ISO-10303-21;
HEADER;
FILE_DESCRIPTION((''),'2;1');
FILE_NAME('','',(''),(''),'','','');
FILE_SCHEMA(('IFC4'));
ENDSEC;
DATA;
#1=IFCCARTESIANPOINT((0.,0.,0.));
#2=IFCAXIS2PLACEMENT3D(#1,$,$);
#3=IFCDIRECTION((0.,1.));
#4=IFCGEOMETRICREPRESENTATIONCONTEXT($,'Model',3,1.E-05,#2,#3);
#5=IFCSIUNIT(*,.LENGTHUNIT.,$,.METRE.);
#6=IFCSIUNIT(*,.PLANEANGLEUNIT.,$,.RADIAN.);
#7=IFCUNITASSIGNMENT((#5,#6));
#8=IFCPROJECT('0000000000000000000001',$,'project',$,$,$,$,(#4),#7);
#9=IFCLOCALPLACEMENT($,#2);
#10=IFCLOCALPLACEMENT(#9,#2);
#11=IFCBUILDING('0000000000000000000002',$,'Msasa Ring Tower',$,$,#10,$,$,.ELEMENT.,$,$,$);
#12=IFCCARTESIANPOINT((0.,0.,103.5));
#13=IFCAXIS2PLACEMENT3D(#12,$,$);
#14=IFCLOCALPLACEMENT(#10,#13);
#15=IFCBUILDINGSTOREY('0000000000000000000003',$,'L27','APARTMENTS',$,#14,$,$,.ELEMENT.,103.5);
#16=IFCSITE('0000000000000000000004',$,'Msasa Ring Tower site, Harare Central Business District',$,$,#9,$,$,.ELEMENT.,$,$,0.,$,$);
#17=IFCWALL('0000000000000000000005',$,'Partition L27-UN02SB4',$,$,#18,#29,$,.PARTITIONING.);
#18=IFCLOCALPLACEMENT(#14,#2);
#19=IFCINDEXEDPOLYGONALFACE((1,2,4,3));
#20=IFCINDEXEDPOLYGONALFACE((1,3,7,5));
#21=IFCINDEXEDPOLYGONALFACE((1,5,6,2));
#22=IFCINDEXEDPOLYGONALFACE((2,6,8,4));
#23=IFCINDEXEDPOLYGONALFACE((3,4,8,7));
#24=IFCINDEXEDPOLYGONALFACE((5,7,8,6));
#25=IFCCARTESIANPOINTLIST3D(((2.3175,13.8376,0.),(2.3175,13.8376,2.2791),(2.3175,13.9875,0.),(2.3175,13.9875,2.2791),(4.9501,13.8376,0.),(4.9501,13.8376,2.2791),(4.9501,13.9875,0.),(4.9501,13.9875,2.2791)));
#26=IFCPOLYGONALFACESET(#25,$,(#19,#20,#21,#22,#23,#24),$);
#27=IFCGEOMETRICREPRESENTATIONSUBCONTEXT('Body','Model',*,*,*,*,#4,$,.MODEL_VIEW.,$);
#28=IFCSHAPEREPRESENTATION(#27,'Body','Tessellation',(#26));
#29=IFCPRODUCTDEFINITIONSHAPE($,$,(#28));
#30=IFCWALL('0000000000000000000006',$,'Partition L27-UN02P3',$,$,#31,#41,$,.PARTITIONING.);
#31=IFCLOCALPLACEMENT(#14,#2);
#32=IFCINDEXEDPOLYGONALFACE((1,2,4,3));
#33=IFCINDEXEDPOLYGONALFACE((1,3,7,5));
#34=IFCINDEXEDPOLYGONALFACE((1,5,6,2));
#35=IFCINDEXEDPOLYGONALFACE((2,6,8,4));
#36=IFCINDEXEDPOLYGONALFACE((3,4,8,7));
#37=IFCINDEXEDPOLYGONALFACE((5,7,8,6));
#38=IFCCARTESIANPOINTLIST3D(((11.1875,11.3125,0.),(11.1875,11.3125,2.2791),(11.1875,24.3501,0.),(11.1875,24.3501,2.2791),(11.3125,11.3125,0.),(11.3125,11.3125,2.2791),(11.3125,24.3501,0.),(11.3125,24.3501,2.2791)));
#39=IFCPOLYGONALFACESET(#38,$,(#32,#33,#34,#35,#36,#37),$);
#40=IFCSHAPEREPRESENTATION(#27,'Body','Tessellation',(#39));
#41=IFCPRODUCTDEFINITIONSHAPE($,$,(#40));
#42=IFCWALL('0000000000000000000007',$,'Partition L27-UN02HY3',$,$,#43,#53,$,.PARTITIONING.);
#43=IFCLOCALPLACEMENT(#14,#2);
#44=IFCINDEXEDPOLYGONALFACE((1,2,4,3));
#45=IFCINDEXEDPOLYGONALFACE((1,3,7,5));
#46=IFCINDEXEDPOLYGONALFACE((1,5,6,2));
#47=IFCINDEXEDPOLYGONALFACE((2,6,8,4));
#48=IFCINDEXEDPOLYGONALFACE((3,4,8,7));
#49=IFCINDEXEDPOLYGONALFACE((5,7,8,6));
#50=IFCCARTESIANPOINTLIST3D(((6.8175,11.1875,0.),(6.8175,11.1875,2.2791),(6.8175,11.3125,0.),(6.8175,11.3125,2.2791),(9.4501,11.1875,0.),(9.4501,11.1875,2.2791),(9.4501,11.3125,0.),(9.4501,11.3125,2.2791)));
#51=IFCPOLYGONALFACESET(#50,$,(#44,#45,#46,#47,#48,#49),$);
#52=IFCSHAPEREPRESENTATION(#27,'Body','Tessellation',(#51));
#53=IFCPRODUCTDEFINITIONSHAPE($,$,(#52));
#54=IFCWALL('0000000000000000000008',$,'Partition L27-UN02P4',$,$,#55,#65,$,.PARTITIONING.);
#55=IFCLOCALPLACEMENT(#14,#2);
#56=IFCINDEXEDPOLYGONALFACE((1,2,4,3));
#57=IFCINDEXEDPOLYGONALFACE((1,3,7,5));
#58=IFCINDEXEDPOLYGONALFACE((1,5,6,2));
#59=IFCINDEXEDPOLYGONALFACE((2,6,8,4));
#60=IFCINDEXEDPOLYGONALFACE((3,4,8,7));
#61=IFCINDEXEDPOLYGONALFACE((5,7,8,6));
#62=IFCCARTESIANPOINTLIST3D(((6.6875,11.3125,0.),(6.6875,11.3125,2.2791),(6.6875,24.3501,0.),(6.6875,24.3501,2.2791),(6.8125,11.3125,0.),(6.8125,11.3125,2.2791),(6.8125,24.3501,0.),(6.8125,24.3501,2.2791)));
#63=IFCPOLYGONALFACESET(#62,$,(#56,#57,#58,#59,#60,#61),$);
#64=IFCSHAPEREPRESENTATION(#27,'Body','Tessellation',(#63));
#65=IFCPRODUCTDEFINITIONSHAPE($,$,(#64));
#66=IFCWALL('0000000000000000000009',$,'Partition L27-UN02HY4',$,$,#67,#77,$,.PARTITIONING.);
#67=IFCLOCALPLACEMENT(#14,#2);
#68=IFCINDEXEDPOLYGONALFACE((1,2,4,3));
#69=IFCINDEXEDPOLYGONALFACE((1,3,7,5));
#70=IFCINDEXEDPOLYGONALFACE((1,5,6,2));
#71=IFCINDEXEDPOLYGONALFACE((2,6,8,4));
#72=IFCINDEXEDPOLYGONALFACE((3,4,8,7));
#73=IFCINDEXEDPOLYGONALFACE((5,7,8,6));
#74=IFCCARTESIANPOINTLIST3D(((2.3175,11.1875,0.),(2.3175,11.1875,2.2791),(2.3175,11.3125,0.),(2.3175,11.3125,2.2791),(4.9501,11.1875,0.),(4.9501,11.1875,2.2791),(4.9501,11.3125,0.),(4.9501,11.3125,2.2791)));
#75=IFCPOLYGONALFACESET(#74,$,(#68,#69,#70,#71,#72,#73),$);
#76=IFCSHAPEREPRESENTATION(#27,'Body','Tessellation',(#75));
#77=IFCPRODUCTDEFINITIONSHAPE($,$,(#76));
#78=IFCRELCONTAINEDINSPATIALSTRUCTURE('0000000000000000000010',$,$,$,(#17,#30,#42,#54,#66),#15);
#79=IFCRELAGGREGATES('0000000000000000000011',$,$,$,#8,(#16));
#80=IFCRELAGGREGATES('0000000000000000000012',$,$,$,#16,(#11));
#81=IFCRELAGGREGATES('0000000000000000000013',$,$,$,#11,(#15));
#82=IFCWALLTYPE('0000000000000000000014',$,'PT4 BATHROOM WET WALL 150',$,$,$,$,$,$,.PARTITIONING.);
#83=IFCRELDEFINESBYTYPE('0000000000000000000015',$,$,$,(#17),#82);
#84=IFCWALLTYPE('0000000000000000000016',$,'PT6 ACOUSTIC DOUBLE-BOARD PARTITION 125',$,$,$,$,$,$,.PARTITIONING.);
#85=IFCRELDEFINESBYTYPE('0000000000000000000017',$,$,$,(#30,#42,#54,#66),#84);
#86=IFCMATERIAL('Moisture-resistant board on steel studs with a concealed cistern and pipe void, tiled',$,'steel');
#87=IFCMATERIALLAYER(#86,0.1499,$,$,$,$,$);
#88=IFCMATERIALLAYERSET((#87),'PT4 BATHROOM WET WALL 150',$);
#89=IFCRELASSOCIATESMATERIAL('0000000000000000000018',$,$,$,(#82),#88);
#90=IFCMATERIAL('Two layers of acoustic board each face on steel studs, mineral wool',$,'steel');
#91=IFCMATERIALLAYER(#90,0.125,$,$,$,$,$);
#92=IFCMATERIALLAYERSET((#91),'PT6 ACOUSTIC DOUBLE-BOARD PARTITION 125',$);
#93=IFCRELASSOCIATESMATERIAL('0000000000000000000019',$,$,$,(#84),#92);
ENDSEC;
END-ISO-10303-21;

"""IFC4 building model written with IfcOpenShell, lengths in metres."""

from ifc_helpers import new_model, si_unit, direction, frame, frame_2d, origin, place, context, subcontext, project, spatial, rectangle, extrude, material, layer, layer_set, type_object, element, save


model = new_model("IFC4")

# Units and contexts
model_context = context("Model", 3, precision=1e-05, world=origin(), true_north=direction((0.0, 1.0)))
body_context = subcontext(model_context, "Body", "Model", "MODEL_VIEW")
ifc_project = project(units=[si_unit("LENGTHUNIT", "METRE"), si_unit("PLANEANGLEUNIT", "RADIAN")], contexts=[model_context])

# Site, building, storey
site_placement = place(None, origin())
site = spatial("IfcSite", under=ifc_project, at=site_placement, Name="Msasa Ring Tower site, Harare Central Business District", CompositionType="ELEMENT", RefElevation=0.0)
building_placement = place(site_placement, origin())
building = spatial("IfcBuilding", under=site, at=building_placement, Name="Msasa Ring Tower", CompositionType="ELEMENT")
storey_placement = place(building_placement, frame((0.0, 0.0, 103.5)))
storey = spatial("IfcBuildingStorey", under=building, at=storey_placement, Name="L27", Description="APARTMENTS", CompositionType="ELEMENT", Elevation=103.5)

# Shared definitions
ifc_material_1 = material(Name="Moisture-resistant board on steel studs with a concealed cistern and pipe void, tiled", Category="steel")
ifc_layer_1 = layer(ifc_material_1, 0.1499)
ifc_layer_set_1 = layer_set([ifc_layer_1], Name="PT4 BATHROOM WET WALL 150")
wall_type_1 = type_object("IfcWallType", Name="PT4 BATHROOM WET WALL 150", PredefinedType="PARTITIONING", material=ifc_layer_set_1)

# Walls
wall_1_placement = place(storey_placement, frame((2.3174, 13.9126, 0.0), z_axis=(0.0, 0.0, 1.0), x_axis=(1.0, 0.0, 0.0)))
element("IfcWall", 1, at=wall_1_placement, inside=storey, type_object=wall_type_1, Name="Partition L27-UN02SB4", PredefinedType="PARTITIONING", context=body_context, shape_type="SweptSolid", body=[
    extrude(rectangle(XDim=2.6326, YDim=0.1499, at=frame_2d((1.3164, 0.0))), origin(), (0.0, 0.0, 1.0), 2.2791),
])
ifc_material_2 = material(Name="Two layers of acoustic board each face on steel studs, mineral wool", Category="steel")
ifc_layer_2 = layer(ifc_material_2, 0.125)
ifc_layer_set_2 = layer_set([ifc_layer_2], Name="PT6 ACOUSTIC DOUBLE-BOARD PARTITION 125")
wall_type_2 = type_object("IfcWallType", Name="PT6 ACOUSTIC DOUBLE-BOARD PARTITION 125", PredefinedType="PARTITIONING", material=ifc_layer_set_2)
wall_2_placement = place(storey_placement, frame((11.25, 11.3125, 0.0), z_axis=(0.0, 0.0, 1.0), x_axis=(0.0, 1.0, 0.0)))
element("IfcWall", 2, at=wall_2_placement, inside=storey, type_object=wall_type_2, Name="Partition L27-UN02P3", PredefinedType="PARTITIONING", context=body_context, shape_type="SweptSolid", body=[
    extrude(rectangle(XDim=13.0376, YDim=0.125, at=frame_2d((6.5188, 0.0))), origin(), (0.0, 0.0, 1.0), 2.2791),
])
wall_3_placement = place(storey_placement, frame((6.8174, 11.25, 0.0), z_axis=(0.0, 0.0, 1.0), x_axis=(1.0, 0.0, 0.0)))
element("IfcWall", 3, at=wall_3_placement, inside=storey, type_object=wall_type_2, Name="Partition L27-UN02HY3", PredefinedType="PARTITIONING", context=body_context, shape_type="SweptSolid", body=[
    extrude(rectangle(XDim=2.6326, YDim=0.125, at=frame_2d((1.3164, 0.0))), origin(), (0.0, 0.0, 1.0), 2.2791),
])
wall_4_placement = place(storey_placement, frame((6.75, 11.3125, 0.0), z_axis=(0.0, 0.0, 1.0), x_axis=(0.0, 1.0, 0.0)))
element("IfcWall", 4, at=wall_4_placement, inside=storey, type_object=wall_type_2, Name="Partition L27-UN02P4", PredefinedType="PARTITIONING", context=body_context, shape_type="SweptSolid", body=[
    extrude(rectangle(XDim=13.0376, YDim=0.125, at=frame_2d((6.5188, 0.0))), origin(), (0.0, 0.0, 1.0), 2.2791),
])
wall_5_placement = place(storey_placement, frame((2.3174, 11.25, 0.0), z_axis=(0.0, 0.0, 1.0), x_axis=(1.0, 0.0, 0.0)))
element("IfcWall", 5, at=wall_5_placement, inside=storey, type_object=wall_type_2, Name="Partition L27-UN02HY4", PredefinedType="PARTITIONING", context=body_context, shape_type="SweptSolid", body=[
    extrude(rectangle(XDim=2.6326, YDim=0.125, at=frame_2d((1.3164, 0.0))), origin(), (0.0, 0.0, 1.0), 2.2791),
])

save(model, "model.ifc")
